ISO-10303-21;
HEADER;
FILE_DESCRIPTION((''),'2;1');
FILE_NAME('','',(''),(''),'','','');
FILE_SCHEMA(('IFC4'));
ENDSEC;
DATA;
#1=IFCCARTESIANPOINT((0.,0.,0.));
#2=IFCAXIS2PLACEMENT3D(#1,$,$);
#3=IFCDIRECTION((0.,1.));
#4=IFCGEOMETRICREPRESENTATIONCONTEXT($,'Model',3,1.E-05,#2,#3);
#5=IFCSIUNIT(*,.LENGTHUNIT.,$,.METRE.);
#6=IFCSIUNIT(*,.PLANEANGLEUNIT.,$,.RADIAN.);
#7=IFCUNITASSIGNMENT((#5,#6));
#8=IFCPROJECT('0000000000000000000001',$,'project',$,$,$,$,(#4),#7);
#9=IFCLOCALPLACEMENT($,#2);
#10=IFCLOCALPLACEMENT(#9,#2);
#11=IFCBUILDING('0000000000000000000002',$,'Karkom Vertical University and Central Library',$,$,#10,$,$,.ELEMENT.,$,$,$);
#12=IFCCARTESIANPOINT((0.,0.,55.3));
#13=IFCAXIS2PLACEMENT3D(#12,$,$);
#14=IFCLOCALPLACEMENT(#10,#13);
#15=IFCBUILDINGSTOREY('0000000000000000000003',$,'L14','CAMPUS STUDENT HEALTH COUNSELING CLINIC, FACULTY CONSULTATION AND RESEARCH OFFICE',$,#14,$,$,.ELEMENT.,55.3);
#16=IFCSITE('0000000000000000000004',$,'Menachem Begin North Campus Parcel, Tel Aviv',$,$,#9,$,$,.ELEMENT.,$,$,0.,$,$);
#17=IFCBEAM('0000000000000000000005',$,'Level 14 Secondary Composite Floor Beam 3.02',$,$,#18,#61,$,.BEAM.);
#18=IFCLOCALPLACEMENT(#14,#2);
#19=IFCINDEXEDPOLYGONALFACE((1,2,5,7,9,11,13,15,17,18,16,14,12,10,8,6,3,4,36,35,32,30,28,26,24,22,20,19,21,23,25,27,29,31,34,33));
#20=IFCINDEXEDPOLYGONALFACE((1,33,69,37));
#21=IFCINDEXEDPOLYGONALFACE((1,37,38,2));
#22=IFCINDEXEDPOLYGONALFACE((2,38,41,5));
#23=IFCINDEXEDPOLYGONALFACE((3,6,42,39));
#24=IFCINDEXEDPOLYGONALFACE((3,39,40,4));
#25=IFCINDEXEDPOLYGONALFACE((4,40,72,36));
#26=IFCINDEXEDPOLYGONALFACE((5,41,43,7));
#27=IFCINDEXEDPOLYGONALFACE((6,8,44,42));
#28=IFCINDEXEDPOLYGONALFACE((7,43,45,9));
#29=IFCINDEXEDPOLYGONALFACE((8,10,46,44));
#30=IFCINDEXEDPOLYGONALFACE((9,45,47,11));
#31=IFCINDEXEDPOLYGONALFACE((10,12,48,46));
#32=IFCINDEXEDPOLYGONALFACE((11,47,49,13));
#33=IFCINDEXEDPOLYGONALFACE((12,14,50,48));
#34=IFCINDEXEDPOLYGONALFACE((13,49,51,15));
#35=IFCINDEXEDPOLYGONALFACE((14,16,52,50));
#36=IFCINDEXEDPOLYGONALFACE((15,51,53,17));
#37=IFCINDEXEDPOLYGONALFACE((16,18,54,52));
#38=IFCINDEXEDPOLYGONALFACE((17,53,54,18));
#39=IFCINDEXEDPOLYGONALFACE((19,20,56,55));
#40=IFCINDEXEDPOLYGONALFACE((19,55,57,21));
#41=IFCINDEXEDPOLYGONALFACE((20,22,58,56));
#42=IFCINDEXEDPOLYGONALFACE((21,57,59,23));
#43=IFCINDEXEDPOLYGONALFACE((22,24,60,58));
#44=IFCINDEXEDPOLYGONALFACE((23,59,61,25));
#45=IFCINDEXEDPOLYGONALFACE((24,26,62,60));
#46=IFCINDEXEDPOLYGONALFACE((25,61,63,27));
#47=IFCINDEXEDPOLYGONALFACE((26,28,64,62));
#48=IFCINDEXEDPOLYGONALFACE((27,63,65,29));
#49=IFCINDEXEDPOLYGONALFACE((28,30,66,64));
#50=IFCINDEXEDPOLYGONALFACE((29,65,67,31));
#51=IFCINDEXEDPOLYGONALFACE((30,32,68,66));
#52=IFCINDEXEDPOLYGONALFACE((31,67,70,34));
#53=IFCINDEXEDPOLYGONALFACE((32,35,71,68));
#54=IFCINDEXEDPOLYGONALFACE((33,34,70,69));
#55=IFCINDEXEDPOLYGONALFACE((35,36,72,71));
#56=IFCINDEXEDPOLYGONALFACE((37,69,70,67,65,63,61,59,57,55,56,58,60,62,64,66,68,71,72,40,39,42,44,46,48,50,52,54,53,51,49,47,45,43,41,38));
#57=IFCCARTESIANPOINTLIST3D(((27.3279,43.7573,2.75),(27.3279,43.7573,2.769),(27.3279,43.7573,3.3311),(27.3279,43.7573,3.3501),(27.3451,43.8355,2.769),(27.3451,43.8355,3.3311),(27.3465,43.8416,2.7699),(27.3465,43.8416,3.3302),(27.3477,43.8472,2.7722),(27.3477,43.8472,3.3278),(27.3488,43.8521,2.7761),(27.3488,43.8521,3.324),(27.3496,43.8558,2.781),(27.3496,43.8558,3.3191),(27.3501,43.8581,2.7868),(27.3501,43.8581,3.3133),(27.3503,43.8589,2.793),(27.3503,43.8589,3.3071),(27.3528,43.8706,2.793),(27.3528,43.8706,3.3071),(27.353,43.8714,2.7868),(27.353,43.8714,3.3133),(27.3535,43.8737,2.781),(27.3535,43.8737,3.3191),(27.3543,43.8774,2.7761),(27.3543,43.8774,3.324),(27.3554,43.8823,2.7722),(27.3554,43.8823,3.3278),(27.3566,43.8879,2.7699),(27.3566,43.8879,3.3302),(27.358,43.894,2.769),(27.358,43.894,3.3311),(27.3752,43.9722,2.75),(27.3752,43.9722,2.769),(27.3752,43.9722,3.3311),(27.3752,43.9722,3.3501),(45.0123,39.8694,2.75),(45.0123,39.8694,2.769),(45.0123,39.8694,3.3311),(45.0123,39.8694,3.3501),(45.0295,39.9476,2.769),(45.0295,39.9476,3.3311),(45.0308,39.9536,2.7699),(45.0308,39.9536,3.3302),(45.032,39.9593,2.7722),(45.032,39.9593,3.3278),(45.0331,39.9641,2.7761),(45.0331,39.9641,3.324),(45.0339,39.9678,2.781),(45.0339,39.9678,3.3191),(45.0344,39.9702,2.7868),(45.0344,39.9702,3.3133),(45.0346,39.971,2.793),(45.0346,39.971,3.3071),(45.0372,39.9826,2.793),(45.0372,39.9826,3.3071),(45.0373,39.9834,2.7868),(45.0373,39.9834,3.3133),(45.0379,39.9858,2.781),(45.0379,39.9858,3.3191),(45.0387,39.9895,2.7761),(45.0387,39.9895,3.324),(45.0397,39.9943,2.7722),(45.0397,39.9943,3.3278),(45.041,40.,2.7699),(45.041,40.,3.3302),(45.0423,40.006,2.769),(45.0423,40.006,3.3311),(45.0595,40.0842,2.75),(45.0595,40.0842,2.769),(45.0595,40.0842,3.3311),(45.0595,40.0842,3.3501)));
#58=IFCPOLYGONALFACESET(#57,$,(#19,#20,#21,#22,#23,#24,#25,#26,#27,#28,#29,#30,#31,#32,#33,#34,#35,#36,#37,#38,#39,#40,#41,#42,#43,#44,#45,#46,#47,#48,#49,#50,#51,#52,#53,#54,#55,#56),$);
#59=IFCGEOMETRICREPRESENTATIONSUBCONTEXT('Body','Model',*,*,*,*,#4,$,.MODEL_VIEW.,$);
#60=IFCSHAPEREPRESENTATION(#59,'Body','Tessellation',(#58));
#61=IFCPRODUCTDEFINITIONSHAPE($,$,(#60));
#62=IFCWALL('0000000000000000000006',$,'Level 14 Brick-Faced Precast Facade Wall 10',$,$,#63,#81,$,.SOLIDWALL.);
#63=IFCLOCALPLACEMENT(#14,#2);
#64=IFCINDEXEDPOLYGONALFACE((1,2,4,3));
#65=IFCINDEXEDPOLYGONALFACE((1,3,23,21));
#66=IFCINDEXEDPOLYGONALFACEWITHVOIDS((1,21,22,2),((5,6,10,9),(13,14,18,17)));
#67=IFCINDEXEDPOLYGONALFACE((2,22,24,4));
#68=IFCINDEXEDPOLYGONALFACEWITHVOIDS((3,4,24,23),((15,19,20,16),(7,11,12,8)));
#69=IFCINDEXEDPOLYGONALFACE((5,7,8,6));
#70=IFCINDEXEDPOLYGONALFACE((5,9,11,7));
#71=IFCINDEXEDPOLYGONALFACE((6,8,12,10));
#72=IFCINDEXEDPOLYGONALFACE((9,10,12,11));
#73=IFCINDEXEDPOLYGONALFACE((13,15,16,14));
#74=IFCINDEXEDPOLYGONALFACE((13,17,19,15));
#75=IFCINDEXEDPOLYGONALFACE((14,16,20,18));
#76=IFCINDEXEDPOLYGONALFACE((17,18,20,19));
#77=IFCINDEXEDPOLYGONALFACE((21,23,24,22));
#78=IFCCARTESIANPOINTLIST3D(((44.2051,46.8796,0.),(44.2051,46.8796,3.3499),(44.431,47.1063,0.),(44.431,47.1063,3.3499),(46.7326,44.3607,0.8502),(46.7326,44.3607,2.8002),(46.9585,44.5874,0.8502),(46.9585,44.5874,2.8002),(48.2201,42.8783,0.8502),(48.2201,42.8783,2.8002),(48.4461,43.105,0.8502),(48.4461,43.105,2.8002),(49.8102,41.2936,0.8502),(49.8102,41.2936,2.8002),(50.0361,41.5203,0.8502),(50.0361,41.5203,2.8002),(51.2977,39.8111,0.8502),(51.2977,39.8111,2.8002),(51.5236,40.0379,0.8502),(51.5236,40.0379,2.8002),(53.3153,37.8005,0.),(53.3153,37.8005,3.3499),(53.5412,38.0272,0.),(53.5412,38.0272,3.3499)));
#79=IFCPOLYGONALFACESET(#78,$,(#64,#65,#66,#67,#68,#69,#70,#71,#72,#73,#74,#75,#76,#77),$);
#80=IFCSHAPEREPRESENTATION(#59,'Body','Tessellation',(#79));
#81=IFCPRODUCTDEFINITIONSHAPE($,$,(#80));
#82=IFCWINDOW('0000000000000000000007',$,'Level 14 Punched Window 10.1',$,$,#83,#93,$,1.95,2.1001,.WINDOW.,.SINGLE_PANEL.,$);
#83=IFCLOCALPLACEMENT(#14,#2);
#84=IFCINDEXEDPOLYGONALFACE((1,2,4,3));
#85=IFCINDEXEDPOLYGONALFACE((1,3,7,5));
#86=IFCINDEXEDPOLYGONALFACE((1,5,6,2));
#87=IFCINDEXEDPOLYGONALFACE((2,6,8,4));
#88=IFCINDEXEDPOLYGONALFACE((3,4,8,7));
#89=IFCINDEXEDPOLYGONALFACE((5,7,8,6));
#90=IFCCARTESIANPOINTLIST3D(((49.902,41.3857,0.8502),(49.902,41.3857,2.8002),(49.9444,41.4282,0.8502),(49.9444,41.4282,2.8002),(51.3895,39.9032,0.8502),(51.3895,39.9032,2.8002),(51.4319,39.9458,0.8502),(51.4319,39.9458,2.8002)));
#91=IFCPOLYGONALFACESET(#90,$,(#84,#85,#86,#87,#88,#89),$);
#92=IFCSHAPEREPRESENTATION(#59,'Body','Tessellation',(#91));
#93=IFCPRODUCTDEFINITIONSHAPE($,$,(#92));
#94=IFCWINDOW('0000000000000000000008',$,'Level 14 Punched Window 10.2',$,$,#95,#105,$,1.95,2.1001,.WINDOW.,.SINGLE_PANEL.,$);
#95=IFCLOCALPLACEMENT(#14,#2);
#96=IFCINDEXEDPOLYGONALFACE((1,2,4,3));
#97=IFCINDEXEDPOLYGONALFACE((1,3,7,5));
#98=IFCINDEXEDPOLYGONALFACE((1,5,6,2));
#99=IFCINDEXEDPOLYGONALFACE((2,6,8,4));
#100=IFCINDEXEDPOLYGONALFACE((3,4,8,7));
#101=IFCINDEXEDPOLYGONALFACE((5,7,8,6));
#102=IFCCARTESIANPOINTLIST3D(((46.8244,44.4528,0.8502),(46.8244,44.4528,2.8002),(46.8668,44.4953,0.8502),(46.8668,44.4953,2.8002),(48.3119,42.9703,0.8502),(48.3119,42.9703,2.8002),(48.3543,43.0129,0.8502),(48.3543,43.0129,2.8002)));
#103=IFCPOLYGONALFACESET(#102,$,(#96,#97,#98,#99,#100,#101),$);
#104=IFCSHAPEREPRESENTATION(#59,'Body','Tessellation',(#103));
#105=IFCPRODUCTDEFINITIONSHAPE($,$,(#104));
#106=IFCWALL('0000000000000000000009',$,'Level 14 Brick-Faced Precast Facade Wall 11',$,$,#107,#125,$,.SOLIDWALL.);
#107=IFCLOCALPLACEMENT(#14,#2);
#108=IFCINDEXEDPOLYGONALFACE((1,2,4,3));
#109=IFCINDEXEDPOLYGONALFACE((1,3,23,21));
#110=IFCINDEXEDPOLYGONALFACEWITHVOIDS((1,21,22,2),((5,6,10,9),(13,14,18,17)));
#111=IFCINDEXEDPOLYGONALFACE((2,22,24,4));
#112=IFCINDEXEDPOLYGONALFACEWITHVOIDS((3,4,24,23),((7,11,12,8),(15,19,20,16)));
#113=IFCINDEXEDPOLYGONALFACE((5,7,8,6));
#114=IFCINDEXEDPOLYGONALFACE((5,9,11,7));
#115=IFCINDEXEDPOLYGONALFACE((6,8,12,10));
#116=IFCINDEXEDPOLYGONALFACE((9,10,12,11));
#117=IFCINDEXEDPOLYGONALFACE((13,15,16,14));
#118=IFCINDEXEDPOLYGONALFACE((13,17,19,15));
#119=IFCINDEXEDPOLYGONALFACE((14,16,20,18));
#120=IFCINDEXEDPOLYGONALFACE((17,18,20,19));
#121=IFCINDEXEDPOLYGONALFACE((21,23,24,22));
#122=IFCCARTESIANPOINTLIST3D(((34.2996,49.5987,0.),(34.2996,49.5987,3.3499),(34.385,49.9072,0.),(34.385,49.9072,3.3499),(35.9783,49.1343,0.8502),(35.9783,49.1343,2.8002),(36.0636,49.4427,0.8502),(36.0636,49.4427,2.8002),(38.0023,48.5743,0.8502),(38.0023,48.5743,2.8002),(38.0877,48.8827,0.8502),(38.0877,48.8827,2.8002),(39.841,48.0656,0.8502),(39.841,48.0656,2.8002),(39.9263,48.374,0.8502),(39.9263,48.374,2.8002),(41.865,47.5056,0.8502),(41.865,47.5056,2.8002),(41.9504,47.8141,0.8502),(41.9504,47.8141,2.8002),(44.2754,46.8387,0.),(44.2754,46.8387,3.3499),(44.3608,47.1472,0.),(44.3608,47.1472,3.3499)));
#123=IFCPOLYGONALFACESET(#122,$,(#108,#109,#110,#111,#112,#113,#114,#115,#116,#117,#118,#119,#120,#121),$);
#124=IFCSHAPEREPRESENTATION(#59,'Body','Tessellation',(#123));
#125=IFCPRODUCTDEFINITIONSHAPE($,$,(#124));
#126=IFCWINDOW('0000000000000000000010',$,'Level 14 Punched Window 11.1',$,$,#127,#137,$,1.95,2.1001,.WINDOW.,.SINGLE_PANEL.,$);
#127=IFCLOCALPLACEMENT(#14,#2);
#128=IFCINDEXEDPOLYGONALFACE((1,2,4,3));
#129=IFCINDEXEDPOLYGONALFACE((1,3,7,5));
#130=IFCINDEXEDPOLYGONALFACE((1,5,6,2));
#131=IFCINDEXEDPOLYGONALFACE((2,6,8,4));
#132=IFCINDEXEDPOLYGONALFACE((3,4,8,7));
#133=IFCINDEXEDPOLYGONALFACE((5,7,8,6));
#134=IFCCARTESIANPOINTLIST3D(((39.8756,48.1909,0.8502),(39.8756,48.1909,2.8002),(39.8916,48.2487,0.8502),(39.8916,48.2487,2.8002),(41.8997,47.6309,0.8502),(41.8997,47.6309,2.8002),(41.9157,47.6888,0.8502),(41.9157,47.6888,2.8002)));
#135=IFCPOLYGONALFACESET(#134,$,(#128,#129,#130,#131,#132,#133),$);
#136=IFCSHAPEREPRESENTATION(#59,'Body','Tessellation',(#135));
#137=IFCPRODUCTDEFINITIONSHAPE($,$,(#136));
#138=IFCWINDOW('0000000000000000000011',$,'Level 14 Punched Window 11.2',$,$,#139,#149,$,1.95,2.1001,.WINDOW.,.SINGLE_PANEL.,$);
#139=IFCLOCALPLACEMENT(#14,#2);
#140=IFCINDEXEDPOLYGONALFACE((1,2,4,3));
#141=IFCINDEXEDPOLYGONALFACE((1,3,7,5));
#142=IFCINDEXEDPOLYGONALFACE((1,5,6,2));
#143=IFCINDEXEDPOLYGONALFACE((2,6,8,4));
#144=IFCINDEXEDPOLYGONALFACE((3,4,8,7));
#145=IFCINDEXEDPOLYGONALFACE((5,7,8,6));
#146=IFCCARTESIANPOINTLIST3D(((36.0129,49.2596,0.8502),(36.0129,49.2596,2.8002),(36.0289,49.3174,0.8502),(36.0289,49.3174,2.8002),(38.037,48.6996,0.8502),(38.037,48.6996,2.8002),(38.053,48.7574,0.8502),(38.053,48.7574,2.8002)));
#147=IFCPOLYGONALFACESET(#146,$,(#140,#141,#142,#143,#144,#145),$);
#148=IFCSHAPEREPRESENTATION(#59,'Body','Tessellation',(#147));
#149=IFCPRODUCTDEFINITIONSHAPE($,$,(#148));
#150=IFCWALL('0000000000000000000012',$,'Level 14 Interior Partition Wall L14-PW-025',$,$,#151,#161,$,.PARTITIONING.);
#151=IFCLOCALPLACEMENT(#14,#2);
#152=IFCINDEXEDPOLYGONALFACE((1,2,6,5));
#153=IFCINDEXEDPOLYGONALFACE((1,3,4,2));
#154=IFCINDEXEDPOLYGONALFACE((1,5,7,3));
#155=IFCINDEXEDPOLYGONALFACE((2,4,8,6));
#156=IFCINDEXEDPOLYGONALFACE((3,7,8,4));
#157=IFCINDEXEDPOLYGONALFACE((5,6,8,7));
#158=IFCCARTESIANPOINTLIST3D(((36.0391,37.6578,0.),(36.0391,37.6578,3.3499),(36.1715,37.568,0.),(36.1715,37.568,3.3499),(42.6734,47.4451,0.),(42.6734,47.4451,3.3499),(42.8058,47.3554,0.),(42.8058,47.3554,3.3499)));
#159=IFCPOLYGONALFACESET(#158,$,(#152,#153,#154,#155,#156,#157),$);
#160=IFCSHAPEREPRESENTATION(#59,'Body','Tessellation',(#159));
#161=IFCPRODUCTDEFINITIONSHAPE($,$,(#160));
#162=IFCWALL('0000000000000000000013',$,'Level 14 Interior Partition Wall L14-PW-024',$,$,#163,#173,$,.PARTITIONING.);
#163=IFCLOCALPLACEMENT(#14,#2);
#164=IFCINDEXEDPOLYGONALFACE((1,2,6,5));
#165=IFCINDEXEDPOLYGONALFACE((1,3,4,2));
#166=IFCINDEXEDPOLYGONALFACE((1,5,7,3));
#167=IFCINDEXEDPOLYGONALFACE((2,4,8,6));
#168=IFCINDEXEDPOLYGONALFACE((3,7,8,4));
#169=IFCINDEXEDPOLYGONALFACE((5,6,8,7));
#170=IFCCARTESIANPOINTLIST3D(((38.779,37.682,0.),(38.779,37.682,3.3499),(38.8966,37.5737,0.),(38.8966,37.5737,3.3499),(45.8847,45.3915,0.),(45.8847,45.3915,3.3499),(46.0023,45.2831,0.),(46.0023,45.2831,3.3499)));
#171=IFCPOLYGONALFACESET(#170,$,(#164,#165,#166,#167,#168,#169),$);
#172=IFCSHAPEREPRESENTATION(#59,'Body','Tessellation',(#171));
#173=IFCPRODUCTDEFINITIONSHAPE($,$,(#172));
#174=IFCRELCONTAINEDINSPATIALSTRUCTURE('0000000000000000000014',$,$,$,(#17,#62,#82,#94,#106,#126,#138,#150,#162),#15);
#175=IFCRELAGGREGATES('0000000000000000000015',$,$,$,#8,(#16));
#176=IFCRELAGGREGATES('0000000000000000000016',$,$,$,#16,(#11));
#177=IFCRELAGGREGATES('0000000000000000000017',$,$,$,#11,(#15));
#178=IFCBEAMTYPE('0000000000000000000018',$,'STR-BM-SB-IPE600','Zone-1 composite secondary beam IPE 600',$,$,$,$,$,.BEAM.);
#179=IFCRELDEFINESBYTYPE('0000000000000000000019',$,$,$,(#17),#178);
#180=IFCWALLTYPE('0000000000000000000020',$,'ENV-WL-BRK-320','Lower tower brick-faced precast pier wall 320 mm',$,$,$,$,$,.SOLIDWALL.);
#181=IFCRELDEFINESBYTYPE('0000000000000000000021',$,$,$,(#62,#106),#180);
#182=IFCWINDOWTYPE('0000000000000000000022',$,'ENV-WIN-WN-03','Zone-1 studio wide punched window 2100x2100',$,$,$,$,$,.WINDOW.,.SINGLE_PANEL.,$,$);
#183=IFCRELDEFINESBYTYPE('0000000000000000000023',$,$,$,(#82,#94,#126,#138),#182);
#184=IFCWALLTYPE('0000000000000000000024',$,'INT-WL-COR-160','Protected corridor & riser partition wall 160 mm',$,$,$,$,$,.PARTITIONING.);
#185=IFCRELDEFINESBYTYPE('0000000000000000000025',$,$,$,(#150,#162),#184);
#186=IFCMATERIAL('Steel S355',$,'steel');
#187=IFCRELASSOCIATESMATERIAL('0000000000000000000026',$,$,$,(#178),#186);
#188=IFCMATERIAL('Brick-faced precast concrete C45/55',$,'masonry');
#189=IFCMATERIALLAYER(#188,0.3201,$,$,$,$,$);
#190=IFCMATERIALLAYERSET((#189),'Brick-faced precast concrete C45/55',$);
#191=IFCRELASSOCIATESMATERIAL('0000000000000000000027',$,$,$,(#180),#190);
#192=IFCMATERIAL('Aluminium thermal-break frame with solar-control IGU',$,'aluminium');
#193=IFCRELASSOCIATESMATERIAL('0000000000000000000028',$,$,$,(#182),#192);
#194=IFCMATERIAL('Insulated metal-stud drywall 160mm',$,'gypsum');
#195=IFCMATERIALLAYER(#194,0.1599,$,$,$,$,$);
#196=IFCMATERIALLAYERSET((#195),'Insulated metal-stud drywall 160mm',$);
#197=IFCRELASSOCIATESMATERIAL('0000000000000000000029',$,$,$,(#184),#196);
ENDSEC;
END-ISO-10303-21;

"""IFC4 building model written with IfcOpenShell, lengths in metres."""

from ifc_helpers import new_model, si_unit, direction, frame, frame_2d, origin, origin_with_axes, origin_2d, place, context, subcontext, project, spatial, rectangle, i_section, extrude, source, transform, mapped, material, layer, layer_set, material_profile, profile_set, type_object, element, fill, save


model = new_model("IFC4")

# Units and contexts
model_context = context("Model", 3, precision=1e-05, world=origin(), true_north=direction((0.0, 1.0)))
body_context = subcontext(model_context, "Body", "Model", "MODEL_VIEW")
ifc_project = project(units=[si_unit("LENGTHUNIT", "METRE"), si_unit("PLANEANGLEUNIT", "RADIAN")], contexts=[model_context])

# Site, building, storey
site_placement = place(None, origin())
site = spatial("IfcSite", under=ifc_project, at=site_placement, Name="Menachem Begin North Campus Parcel, Tel Aviv", CompositionType="ELEMENT", RefElevation=0.0)
building_placement = place(site_placement, origin())
building = spatial("IfcBuilding", under=site, at=building_placement, Name="Karkom Vertical University and Central Library", CompositionType="ELEMENT")
storey_placement = place(building_placement, frame((0.0, 0.0, 55.3)))
storey = spatial("IfcBuildingStorey", under=building, at=storey_placement, Name="L14", Description="CAMPUS STUDENT HEALTH COUNSELING CLINIC, FACULTY CONSULTATION AND RESEARCH OFFICE", CompositionType="ELEMENT", Elevation=55.3)

# Beam
ifc_material_1 = material(Name="Steel S355", Category="steel")
ifc_material_profile_1 = material_profile(ifc_material_1, i_section(OverallWidth=0.22, OverallDepth=0.6001, WebThickness=0.012, FlangeThickness=0.019, FilletRadius=0.0239, at=origin_2d()), Name="IPE 600")
ifc_profile_set_1 = profile_set([ifc_material_profile_1], Name="Steel S355")
beam_type_1 = type_object("IfcBeamType", Name="STR-BM-SB-IPE600", Description="Zone-1 composite secondary beam IPE 600", PredefinedType="BEAM", material=ifc_profile_set_1)
shared_shape_1 = source(origin_with_axes(), body_context, "Body", "SweptSolid", [
    extrude(i_section(OverallWidth=0.22, OverallDepth=0.6001, WebThickness=0.012, FlangeThickness=0.019, FilletRadius=0.0239, at=origin_2d()), origin(), (0.0, 0.0, 1.0), 18.1067),
])
beam_1_placement = place(storey_placement, frame((45.0359, 39.9768, 3.05), z_axis=(-0.976675, 0.214724, 0.0), x_axis=(-0.214724, -0.976675, 0.0)))
element("IfcBeam", 1, at=beam_1_placement, inside=storey, type_object=beam_type_1, Name="Level 14 Secondary Composite Floor Beam 3.02", PredefinedType="BEAM", context=body_context, shape_type="MappedRepresentation", body=[
    mapped(shared_shape_1, transform((0.0, 0.0, 0.0), scale=1.0)),
])

# Walls, openings, windows
ifc_material_2 = material(Name="Brick-faced precast concrete C45/55", Category="masonry")
ifc_layer_1 = layer(ifc_material_2, 0.3201)
ifc_layer_set_1 = layer_set([ifc_layer_1], Name="Brick-faced precast concrete C45/55")
wall_type_1 = type_object("IfcWallType", Name="ENV-WL-BRK-320", Description="Lower tower brick-faced precast pier wall 320 mm", PredefinedType="SOLIDWALL", material=ifc_layer_set_1)
wall_1_placement = place(storey_placement, frame((53.4282, 37.9138, 0.0), z_axis=(0.0, 0.0, 1.0), x_axis=(-0.708311, 0.7059, 0.0)))
wall_1 = element("IfcWall", 2, at=wall_1_placement, inside=storey, type_object=wall_type_1, Name="Level 14 Brick-Faced Precast Facade Wall 10", PredefinedType="SOLIDWALL", context=body_context, shape_type="SweptSolid", body=[
    extrude(rectangle(XDim=12.8618, YDim=0.3201, at=frame_2d((6.4309, 0.0))), origin(), (0.0, 0.0, 1.0), 3.3499),
])
opening_1_placement = place(wall_1_placement, frame((2.8484, 0.0, 0.8501)))
opening_1 = element("IfcOpeningElement", 3, at=opening_1_placement, cuts=wall_1, PredefinedType="OPENING", context=body_context, shape_type="SweptSolid", body=[
    extrude(rectangle(XDim=2.1001, YDim=1.95, at=frame_2d((1.05, 0.9751))), frame((0.0, 0.1699, 0.0), z_axis=(0.0, -1.0, 0.0), x_axis=(1.0, 0.0, 0.0)), (0.0, 0.0, 1.0), 0.3401),
])
opening_2_placement = place(wall_1_placement, frame((7.1934, 0.0, 0.8501)))
opening_2 = element("IfcOpeningElement", 4, at=opening_2_placement, cuts=wall_1, PredefinedType="OPENING", context=body_context, shape_type="SweptSolid", body=[
    extrude(rectangle(XDim=2.1001, YDim=1.95, at=frame_2d((1.05, 0.9751))), frame((0.0, 0.1699, 0.0), z_axis=(0.0, -1.0, 0.0), x_axis=(1.0, 0.0, 0.0)), (0.0, 0.0, 1.0), 0.3401),
])
ifc_material_3 = material(Name="Aluminium thermal-break frame with solar-control IGU", Category="aluminium")
window_type = type_object("IfcWindowType", Name="ENV-WIN-WN-03", Description="Zone-1 studio wide punched window 2100x2100", PartitioningType="SINGLE_PANEL", PredefinedType="WINDOW", material=ifc_material_3)
shared_shape_2 = source(origin_with_axes(), body_context, "Body", "SweptSolid", [
    extrude(rectangle(XDim=2.1001, YDim=1.95, at=frame_2d((1.05, 0.9751))), frame((0.0, 0.03, 0.0), z_axis=(0.0, -1.0, 0.0), x_axis=(1.0, 0.0, 0.0)), (0.0, 0.0, 1.0), 0.0601),
])
window_1_placement = place(opening_1_placement, origin())
window_1 = element("IfcWindow", 5, at=window_1_placement, inside=storey, type_object=window_type, Name="Level 14 Punched Window 10.1", OverallHeight=1.95, OverallWidth=2.1001, PartitioningType="SINGLE_PANEL", PredefinedType="WINDOW", context=body_context, shape_type="MappedRepresentation", body=[
    mapped(shared_shape_2, transform((0.0, 0.0, 0.0), scale=1.0)),
])
fill(opening_1, window_1)
window_2_placement = place(opening_2_placement, origin())
window_2 = element("IfcWindow", 6, at=window_2_placement, inside=storey, type_object=window_type, Name="Level 14 Punched Window 10.2", OverallHeight=1.95, OverallWidth=2.1001, PartitioningType="SINGLE_PANEL", PredefinedType="WINDOW", context=body_context, shape_type="MappedRepresentation", body=[
    mapped(shared_shape_2, transform((0.0, 0.0, 0.0), scale=1.0)),
])
fill(opening_2, window_2)
wall_2_placement = place(storey_placement, frame((44.3181, 46.9929, 0.0), z_axis=(0.0, 0.0, 1.0), x_axis=(-0.963793, 0.266652, 0.0)))
wall_2 = element("IfcWall", 7, at=wall_2_placement, inside=storey, type_object=wall_type_1, Name="Level 14 Brick-Faced Precast Facade Wall 11", PredefinedType="SOLIDWALL", context=body_context, shape_type="SweptSolid", body=[
    extrude(rectangle(XDim=10.3506, YDim=0.3201, at=frame_2d((5.1753, 0.0))), origin(), (0.0, 0.0, 1.0), 3.3499),
])
opening_3_placement = place(wall_2_placement, frame((2.501, 0.0, 0.8501)))
opening_3 = element("IfcOpeningElement", 8, at=opening_3_placement, cuts=wall_2, PredefinedType="OPENING", context=body_context, shape_type="SweptSolid", body=[
    extrude(rectangle(XDim=2.1001, YDim=1.95, at=frame_2d((1.05, 0.9751))), frame((0.0, 0.1699, 0.0), z_axis=(0.0, -1.0, 0.0), x_axis=(1.0, 0.0, 0.0)), (0.0, 0.0, 1.0), 0.3401),
])
opening_4_placement = place(wall_2_placement, frame((6.5088, 0.0, 0.8501)))
opening_4 = element("IfcOpeningElement", 9, at=opening_4_placement, cuts=wall_2, PredefinedType="OPENING", context=body_context, shape_type="SweptSolid", body=[
    extrude(rectangle(XDim=2.1001, YDim=1.95, at=frame_2d((1.05, 0.9751))), frame((0.0, 0.1699, 0.0), z_axis=(0.0, -1.0, 0.0), x_axis=(1.0, 0.0, 0.0)), (0.0, 0.0, 1.0), 0.3401),
])
window_3_placement = place(opening_3_placement, origin())
window_3 = element("IfcWindow", 10, at=window_3_placement, inside=storey, type_object=window_type, Name="Level 14 Punched Window 11.1", OverallHeight=1.95, OverallWidth=2.1001, PartitioningType="SINGLE_PANEL", PredefinedType="WINDOW", context=body_context, shape_type="MappedRepresentation", body=[
    mapped(shared_shape_2, transform((0.0, 0.0, 0.0), scale=1.0)),
])
fill(opening_3, window_3)
window_4_placement = place(opening_4_placement, origin())
window_4 = element("IfcWindow", 11, at=window_4_placement, inside=storey, type_object=window_type, Name="Level 14 Punched Window 11.2", OverallHeight=1.95, OverallWidth=2.1001, PartitioningType="SINGLE_PANEL", PredefinedType="WINDOW", context=body_context, shape_type="MappedRepresentation", body=[
    mapped(shared_shape_2, transform((0.0, 0.0, 0.0), scale=1.0)),
])
fill(opening_4, window_4)

# Shared definitions
ifc_material_4 = material(Name="Insulated metal-stud drywall 160mm", Category="gypsum")
ifc_layer_2 = layer(ifc_material_4, 0.1599)
ifc_layer_set_2 = layer_set([ifc_layer_2], Name="Insulated metal-stud drywall 160mm")
wall_type_2 = type_object("IfcWallType", Name="INT-WL-COR-160", Description="Protected corridor & riser partition wall 160 mm", PredefinedType="PARTITIONING", material=ifc_layer_set_2)

# Walls
wall_3_placement = place(storey_placement, frame((36.1052, 37.6128, 0.0), z_axis=(0.0, 0.0, 1.0), x_axis=(0.561088, 0.827756, 0.0)))
element("IfcWall", 12, at=wall_3_placement, inside=storey, type_object=wall_type_2, Name="Level 14 Interior Partition Wall L14-PW-025", PredefinedType="PARTITIONING", context=body_context, shape_type="SweptSolid", body=[
    extrude(rectangle(XDim=11.824, YDim=0.1599, at=frame_2d((5.9121, 0.0))), origin(), (0.0, 0.0, 1.0), 3.3499),
])
wall_4_placement = place(storey_placement, frame((38.8379, 37.6279, 0.0), z_axis=(0.0, 0.0, 1.0), x_axis=(0.677728, 0.735313, 0.0)))
element("IfcWall", 13, at=wall_4_placement, inside=storey, type_object=wall_type_2, Name="Level 14 Interior Partition Wall L14-PW-024", PredefinedType="PARTITIONING", context=body_context, shape_type="SweptSolid", body=[
    extrude(rectangle(XDim=10.4846, YDim=0.1599, at=frame_2d((5.2422, 0.0))), origin(), (0.0, 0.0, 1.0), 3.3499),
])

save(model, "model.ifc")
